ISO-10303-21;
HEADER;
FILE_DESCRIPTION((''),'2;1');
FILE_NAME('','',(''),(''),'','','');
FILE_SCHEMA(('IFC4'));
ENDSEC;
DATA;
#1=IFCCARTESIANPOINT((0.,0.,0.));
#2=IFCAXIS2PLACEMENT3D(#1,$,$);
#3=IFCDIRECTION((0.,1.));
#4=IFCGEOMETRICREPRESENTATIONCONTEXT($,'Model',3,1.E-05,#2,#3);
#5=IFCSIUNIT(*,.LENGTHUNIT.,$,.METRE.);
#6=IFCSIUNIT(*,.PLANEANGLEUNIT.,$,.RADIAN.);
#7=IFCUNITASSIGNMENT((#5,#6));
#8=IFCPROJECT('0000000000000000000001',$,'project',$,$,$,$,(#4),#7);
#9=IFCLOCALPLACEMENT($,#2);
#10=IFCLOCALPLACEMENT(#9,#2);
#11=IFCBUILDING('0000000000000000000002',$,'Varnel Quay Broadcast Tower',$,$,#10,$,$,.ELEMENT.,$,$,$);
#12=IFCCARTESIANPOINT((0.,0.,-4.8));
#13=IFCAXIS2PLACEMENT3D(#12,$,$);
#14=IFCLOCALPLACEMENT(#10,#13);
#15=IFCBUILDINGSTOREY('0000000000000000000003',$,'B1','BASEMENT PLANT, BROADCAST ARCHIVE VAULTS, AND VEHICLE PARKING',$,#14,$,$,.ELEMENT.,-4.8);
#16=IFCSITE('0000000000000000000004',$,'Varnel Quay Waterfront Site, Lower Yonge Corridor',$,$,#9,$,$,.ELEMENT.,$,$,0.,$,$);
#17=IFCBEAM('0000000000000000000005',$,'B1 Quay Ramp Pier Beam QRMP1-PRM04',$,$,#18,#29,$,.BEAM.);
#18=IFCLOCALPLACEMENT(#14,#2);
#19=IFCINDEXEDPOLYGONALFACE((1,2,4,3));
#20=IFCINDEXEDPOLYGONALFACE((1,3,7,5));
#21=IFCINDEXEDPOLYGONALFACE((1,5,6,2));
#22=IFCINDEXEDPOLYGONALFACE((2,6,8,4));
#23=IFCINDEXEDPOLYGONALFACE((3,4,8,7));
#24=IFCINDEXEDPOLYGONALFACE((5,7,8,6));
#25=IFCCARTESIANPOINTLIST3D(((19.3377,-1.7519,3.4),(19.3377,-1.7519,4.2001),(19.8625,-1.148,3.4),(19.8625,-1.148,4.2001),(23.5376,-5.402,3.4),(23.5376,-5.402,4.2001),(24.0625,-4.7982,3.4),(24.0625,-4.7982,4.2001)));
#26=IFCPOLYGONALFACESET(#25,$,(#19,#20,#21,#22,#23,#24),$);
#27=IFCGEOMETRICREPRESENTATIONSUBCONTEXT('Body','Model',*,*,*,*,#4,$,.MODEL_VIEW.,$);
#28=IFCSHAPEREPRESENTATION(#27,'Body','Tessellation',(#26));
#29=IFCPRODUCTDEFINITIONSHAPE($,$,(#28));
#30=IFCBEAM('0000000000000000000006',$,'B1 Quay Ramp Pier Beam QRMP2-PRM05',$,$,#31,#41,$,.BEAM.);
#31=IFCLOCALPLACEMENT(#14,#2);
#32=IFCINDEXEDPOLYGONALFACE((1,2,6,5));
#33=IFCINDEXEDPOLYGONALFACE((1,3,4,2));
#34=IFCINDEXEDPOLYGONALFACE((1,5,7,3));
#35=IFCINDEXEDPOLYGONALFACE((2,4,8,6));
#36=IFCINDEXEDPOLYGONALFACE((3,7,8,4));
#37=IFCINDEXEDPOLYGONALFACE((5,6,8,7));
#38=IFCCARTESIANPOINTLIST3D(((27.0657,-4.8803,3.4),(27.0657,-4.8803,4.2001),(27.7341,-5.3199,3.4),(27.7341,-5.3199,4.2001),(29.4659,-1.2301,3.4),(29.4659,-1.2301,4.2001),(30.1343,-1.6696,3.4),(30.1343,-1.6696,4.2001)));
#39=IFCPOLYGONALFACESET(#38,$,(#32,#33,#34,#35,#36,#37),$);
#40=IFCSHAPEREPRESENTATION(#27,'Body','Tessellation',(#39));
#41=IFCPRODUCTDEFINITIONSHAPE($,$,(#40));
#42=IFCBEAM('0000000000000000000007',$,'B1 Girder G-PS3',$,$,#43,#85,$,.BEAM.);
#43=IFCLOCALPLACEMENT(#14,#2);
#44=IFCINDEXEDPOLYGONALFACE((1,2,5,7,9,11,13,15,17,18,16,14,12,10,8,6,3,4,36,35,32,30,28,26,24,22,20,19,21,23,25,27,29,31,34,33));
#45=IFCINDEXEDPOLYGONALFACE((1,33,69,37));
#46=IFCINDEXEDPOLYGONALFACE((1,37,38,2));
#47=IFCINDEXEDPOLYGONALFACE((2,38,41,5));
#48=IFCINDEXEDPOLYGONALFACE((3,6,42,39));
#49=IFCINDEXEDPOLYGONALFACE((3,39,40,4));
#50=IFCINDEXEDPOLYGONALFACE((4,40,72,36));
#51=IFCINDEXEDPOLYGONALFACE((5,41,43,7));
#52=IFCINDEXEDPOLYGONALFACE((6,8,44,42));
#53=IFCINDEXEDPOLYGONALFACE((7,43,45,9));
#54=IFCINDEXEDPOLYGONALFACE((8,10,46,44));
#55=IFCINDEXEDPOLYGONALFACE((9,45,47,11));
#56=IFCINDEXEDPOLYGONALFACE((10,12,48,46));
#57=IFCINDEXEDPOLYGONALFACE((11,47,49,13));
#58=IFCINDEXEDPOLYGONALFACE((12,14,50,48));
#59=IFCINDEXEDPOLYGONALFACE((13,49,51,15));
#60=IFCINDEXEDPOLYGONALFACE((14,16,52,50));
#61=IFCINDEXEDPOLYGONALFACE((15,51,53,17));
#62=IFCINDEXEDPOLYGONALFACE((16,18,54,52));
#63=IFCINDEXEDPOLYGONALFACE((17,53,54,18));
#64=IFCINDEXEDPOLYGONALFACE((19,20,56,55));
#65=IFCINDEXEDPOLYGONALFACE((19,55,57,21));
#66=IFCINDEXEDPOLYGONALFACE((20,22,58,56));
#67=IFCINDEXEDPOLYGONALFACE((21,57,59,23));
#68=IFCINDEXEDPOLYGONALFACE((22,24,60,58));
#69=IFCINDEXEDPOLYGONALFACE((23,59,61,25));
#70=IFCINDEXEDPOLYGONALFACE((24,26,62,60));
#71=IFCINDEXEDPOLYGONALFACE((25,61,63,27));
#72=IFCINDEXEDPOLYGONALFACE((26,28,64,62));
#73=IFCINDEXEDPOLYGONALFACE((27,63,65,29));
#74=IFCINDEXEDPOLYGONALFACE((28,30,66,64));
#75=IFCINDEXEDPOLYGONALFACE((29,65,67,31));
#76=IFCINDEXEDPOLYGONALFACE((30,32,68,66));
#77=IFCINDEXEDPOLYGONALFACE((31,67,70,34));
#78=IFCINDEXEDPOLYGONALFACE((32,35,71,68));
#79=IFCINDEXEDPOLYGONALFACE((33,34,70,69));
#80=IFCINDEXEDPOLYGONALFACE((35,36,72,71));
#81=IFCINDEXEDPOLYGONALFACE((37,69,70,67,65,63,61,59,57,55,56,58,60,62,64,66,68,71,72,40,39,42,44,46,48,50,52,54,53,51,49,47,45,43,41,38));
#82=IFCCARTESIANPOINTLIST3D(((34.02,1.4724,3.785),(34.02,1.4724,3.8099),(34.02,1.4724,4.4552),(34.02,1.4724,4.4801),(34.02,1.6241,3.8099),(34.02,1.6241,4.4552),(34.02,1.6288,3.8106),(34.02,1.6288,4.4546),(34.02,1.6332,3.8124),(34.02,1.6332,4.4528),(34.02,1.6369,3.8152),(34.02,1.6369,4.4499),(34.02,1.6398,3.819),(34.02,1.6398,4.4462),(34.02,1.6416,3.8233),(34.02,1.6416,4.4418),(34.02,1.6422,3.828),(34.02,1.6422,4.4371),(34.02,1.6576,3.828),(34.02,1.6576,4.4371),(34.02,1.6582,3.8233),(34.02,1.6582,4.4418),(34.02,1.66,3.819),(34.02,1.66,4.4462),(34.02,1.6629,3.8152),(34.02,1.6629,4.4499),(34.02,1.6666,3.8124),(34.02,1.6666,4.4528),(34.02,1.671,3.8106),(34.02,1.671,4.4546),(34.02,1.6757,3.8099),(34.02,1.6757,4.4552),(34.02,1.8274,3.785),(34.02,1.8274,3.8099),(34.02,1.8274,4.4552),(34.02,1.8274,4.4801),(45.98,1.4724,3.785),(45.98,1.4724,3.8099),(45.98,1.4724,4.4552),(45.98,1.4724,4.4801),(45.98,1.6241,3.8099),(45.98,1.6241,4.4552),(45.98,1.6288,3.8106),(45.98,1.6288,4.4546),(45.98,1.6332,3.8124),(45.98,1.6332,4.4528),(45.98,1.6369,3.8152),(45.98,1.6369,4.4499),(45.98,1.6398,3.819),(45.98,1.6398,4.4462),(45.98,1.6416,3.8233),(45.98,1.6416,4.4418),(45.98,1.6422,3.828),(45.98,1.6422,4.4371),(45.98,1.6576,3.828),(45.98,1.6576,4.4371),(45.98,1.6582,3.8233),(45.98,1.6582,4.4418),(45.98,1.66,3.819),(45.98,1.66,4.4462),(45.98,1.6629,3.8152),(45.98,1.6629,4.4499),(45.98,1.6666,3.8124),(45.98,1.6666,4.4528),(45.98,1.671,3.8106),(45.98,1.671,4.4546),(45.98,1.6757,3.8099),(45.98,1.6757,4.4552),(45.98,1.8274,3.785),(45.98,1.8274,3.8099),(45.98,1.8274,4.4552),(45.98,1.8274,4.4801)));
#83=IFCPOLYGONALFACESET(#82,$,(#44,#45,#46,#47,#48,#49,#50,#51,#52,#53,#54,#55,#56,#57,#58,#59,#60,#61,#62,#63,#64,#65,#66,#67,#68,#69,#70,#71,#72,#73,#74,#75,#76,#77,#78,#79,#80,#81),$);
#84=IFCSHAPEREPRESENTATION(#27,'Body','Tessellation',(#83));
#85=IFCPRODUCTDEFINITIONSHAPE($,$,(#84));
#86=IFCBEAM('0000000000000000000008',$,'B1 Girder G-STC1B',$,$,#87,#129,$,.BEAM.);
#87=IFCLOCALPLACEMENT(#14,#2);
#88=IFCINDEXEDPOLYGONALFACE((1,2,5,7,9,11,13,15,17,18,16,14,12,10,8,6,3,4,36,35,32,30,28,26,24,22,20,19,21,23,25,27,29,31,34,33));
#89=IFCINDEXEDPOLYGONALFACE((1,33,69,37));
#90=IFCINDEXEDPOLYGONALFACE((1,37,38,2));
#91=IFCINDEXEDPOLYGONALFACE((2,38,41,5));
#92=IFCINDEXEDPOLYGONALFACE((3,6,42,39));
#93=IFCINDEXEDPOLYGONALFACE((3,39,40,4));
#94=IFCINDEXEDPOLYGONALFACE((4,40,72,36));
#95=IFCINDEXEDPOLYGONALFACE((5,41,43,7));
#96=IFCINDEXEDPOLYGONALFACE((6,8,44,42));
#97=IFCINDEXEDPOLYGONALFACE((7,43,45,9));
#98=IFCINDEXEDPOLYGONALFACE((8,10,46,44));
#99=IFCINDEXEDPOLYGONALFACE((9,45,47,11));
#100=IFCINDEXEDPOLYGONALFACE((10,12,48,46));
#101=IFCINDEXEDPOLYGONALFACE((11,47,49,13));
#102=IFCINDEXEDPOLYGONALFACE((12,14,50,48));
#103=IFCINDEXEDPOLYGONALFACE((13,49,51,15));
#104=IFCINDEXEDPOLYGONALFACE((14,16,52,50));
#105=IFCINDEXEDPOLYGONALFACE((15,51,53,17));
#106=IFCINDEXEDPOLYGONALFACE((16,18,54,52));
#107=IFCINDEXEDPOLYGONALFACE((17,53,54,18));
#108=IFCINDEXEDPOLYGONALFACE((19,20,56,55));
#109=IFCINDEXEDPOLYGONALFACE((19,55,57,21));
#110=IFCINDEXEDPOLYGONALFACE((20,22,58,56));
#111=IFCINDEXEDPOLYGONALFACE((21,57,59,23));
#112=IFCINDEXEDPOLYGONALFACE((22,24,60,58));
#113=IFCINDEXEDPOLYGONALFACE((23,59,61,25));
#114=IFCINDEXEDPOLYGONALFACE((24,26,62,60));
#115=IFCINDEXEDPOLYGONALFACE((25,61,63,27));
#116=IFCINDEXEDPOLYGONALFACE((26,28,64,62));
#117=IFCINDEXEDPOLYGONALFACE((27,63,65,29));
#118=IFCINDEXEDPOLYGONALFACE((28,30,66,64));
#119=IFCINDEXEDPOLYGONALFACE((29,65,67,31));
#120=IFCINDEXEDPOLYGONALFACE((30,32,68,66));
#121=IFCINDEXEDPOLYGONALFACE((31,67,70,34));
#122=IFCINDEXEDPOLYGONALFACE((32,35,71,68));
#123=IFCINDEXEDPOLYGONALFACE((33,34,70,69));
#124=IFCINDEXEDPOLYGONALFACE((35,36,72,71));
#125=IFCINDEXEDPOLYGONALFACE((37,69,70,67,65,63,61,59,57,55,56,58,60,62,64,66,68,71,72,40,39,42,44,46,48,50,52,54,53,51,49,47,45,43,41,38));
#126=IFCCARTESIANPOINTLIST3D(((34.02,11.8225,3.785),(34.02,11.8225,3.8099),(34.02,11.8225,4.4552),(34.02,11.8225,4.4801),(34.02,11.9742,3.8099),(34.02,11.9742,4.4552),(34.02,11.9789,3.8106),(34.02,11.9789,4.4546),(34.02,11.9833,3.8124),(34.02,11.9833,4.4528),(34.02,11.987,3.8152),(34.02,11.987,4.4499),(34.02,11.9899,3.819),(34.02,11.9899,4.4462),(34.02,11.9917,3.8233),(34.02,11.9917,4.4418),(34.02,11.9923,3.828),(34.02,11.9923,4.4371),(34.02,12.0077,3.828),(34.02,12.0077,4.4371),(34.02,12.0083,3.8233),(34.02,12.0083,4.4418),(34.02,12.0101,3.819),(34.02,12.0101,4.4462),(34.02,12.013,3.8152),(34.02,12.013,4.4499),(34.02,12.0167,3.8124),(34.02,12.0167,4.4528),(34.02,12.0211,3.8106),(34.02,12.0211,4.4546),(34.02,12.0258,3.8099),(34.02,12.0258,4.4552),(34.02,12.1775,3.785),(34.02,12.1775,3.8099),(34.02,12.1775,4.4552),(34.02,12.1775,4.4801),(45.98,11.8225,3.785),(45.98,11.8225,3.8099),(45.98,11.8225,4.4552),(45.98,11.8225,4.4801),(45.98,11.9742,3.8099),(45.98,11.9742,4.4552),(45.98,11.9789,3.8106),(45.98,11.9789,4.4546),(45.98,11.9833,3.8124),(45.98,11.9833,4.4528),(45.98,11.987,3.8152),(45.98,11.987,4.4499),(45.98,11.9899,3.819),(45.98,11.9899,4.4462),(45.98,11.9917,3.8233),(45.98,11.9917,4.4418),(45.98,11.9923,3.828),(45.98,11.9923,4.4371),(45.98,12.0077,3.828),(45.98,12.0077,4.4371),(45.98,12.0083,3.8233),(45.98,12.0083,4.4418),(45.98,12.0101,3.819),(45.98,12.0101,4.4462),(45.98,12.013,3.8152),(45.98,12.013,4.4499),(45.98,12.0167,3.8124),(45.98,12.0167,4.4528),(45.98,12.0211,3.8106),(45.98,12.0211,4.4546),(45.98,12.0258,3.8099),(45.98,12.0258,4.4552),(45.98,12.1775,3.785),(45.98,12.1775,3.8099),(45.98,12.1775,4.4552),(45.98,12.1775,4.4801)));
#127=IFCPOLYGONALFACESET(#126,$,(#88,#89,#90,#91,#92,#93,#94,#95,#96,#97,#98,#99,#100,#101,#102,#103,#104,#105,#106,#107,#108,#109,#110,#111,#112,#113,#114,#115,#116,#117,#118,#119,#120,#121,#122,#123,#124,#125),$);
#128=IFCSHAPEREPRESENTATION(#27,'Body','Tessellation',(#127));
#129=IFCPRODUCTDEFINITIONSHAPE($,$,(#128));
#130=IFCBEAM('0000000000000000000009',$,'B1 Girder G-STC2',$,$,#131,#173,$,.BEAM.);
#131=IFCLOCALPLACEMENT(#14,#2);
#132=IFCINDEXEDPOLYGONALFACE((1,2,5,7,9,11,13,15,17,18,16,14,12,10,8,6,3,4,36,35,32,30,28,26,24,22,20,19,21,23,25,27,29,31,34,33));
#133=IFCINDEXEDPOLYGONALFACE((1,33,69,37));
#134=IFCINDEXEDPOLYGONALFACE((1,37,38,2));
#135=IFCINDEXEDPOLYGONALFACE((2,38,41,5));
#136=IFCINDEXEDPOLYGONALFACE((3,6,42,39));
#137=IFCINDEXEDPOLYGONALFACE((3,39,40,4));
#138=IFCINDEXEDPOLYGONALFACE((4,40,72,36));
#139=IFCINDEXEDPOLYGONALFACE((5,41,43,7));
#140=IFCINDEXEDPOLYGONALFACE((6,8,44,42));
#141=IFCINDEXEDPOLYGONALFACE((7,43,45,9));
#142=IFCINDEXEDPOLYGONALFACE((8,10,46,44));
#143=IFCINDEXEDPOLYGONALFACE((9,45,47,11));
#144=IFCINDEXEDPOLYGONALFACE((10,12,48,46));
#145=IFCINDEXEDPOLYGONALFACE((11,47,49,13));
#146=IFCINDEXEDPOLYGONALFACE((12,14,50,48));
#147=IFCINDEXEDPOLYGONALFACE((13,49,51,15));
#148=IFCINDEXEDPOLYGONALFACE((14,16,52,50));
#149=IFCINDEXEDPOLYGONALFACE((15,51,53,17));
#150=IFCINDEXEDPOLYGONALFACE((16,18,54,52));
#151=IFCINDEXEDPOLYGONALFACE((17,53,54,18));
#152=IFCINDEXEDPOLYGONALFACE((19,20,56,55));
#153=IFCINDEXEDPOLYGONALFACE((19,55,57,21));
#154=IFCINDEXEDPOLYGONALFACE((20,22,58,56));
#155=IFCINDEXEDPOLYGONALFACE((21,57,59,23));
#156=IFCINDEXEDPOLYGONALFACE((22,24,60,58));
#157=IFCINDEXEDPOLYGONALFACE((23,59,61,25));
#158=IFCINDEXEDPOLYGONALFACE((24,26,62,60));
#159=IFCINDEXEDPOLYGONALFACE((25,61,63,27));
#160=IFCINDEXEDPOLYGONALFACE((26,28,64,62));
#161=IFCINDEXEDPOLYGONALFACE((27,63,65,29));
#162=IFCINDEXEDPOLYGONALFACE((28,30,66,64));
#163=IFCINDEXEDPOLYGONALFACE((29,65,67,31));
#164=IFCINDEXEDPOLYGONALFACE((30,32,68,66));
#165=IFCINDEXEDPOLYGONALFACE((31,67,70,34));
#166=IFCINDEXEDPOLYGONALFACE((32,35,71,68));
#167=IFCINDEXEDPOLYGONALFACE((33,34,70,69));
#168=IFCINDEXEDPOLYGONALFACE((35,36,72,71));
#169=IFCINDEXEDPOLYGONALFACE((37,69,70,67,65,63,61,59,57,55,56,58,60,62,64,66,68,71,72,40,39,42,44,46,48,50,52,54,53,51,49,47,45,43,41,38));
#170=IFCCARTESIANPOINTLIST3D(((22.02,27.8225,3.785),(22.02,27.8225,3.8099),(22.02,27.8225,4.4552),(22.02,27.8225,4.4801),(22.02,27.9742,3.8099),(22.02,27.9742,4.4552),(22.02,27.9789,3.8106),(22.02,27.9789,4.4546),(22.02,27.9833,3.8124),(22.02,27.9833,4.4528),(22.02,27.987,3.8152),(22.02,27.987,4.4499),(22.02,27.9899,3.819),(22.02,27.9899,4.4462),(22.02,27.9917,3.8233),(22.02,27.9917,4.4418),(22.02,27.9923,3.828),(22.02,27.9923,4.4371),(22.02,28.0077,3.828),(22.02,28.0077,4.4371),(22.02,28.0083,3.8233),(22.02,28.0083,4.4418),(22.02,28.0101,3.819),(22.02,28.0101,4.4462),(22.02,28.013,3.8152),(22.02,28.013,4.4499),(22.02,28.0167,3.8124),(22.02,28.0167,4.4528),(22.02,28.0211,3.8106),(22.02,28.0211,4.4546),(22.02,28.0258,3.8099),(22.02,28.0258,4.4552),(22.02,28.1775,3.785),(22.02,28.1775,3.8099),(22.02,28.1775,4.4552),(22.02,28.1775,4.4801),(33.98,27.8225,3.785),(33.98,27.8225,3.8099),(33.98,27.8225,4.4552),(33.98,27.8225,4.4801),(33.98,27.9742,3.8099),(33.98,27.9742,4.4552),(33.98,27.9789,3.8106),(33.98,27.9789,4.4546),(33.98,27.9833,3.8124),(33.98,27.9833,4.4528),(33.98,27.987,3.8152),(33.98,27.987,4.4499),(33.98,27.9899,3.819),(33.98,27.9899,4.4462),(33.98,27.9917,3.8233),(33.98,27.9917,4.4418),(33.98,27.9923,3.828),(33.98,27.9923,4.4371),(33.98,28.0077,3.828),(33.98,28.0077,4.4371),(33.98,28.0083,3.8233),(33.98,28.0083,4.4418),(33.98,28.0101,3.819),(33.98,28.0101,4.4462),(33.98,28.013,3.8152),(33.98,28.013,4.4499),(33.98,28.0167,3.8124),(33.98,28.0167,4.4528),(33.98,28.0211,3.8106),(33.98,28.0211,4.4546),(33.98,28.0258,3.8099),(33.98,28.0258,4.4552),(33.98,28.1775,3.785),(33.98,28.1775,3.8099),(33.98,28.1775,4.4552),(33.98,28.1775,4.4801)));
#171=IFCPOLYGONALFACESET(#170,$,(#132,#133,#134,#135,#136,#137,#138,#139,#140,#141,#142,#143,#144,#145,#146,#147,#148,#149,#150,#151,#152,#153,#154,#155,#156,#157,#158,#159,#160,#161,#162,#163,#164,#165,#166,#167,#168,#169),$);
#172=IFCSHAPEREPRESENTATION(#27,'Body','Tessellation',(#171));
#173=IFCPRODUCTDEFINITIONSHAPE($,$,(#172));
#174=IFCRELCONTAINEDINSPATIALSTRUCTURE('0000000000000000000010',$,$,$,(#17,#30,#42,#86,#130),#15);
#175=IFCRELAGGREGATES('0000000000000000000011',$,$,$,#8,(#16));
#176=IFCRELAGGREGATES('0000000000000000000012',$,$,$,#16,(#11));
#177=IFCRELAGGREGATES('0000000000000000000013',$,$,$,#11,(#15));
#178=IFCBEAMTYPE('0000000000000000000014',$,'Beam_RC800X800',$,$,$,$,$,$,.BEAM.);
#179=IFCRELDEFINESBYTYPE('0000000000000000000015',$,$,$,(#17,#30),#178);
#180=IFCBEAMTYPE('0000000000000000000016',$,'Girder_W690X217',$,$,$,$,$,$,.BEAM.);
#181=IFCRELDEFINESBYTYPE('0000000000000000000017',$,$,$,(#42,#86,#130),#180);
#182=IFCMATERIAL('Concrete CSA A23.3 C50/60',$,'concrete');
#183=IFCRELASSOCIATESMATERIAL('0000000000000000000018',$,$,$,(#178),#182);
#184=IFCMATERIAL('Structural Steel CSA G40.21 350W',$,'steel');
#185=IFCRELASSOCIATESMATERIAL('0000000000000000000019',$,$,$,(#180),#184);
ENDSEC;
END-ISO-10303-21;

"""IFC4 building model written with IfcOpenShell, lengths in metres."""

from ifc_helpers import new_model, si_unit, direction, frame, origin, origin_2d, place, context, subcontext, project, spatial, rectangle, i_section, extrude, source, transform, mapped, material, material_profile, profile_set, type_object, element, save


model = new_model("IFC4")

# Units and contexts
model_context = context("Model", 3, precision=1e-05, world=origin(), true_north=direction((0.0, 1.0)))
body_context = subcontext(model_context, "Body", "Model", "MODEL_VIEW")
ifc_project = project(units=[si_unit("LENGTHUNIT", "METRE"), si_unit("PLANEANGLEUNIT", "RADIAN")], contexts=[model_context])

# Site, building, storey
site_placement = place(None, origin())
site = spatial("IfcSite", under=ifc_project, at=site_placement, Name="Varnel Quay Waterfront Site, Lower Yonge Corridor", CompositionType="ELEMENT", RefElevation=0.0)
building_placement = place(site_placement, origin())
building = spatial("IfcBuilding", under=site, at=building_placement, Name="Varnel Quay Broadcast Tower", CompositionType="ELEMENT")
storey_placement = place(building_placement, frame((0.0, 0.0, -4.8)))
storey = spatial("IfcBuildingStorey", under=building, at=storey_placement, Name="B1", Description="BASEMENT PLANT, BROADCAST ARCHIVE VAULTS, AND VEHICLE PARKING", CompositionType="ELEMENT", Elevation=-4.8)

# Shared definitions
ifc_material_1 = material(Name="Concrete CSA A23.3 C50/60", Category="concrete")

# Beams
ifc_material_profile_1 = material_profile(ifc_material_1, rectangle(XDim=0.8, YDim=0.8, at=origin_2d()), Name="RC800X800")
ifc_profile_set_1 = profile_set([ifc_material_profile_1], Name="Concrete CSA A23.3 C50/60")
beam_type_1 = type_object("IfcBeamType", Name="Beam_RC800X800", PredefinedType="BEAM", material=ifc_profile_set_1)
shared_shape_1 = source(origin(), body_context, "Body", "SweptSolid", [
    extrude(rectangle(XDim=0.8, YDim=0.8, at=origin_2d()), origin(), (0.0, 0.0, 1.0), 5.5645),
])
beam_1_placement = place(storey_placement, frame((23.8, -5.1001, 3.8), z_axis=(-0.754782, 0.655976, 0.0), x_axis=(-0.655976, -0.754782, 0.0)))
element("IfcBeam", 1, at=beam_1_placement, inside=storey, type_object=beam_type_1, Name="B1 Quay Ramp Pier Beam QRMP1-PRM04", PredefinedType="BEAM", context=body_context, shape_type="MappedRepresentation", body=[
    mapped(shared_shape_1, transform((0.0, 0.0, 0.0), x_axis=(1.0, 0.0, 0.0), y_axis=(0.0, 1.0, 0.0), z_axis=(0.0, 0.0, 1.0), scale=1.0)),
])
shared_shape_2 = source(origin(), body_context, "Body", "SweptSolid", [
    extrude(rectangle(XDim=0.8, YDim=0.8, at=origin_2d()), origin(), (0.0, 0.0, 1.0), 4.3687),
])
beam_2_placement = place(storey_placement, frame((27.3999, -5.1001, 3.8), z_axis=(0.549414, 0.83555, 0.0), x_axis=(-0.83555, 0.549414, 0.0)))
element("IfcBeam", 2, at=beam_2_placement, inside=storey, type_object=beam_type_1, Name="B1 Quay Ramp Pier Beam QRMP2-PRM05", PredefinedType="BEAM", context=body_context, shape_type="MappedRepresentation", body=[
    mapped(shared_shape_2, transform((0.0, 0.0, 0.0), x_axis=(1.0, 0.0, 0.0), y_axis=(0.0, 1.0, 0.0), z_axis=(0.0, 0.0, 1.0), scale=1.0)),
])
ifc_material_2 = material(Name="Structural Steel CSA G40.21 350W", Category="steel")
ifc_material_profile_2 = material_profile(ifc_material_2, i_section(OverallWidth=0.355, OverallDepth=0.6951, WebThickness=0.0154, FlangeThickness=0.0249, FilletRadius=0.0181, at=origin_2d()), Name="W690X217")
ifc_profile_set_2 = profile_set([ifc_material_profile_2], Name="Structural Steel CSA G40.21 350W")
beam_type_2 = type_object("IfcBeamType", Name="Girder_W690X217", PredefinedType="BEAM", material=ifc_profile_set_2)
shared_shape_3 = source(origin(), body_context, "Body", "SweptSolid", [
    extrude(i_section(OverallWidth=0.355, OverallDepth=0.6951, WebThickness=0.0154, FlangeThickness=0.0249, FilletRadius=0.0181, at=origin_2d()), origin(), (0.0, 0.0, 1.0), 11.96),
])
for number, where, z_axis, x_axis, name in (
    (3, (34.02, 1.6499, 4.1326), (1.0, 0.0, 0.0), (0.0, 1.0, 0.0), "B1 Girder G-PS3"),
    (4, (34.02, 12.0, 4.1326), (1.0, 0.0, 0.0), (0.0, 1.0, 0.0), "B1 Girder G-STC1B"),
    (5, (22.02, 28.0, 4.1326), (1.0, 0.0, 0.0), (0.0, 1.0, 0.0), "B1 Girder G-STC2"),
):
    element("IfcBeam", number, at=place(storey_placement, frame(where, z_axis=z_axis, x_axis=x_axis)), inside=storey, type_object=beam_type_2, Name=name, PredefinedType="BEAM", context=body_context, shape_type="MappedRepresentation", body=[
        mapped(shared_shape_3, transform((0.0, 0.0, 0.0), x_axis=(1.0, 0.0, 0.0), y_axis=(0.0, 1.0, 0.0), z_axis=(0.0, 0.0, 1.0), scale=1.0)),
    ])

save(model, "model.ifc")
